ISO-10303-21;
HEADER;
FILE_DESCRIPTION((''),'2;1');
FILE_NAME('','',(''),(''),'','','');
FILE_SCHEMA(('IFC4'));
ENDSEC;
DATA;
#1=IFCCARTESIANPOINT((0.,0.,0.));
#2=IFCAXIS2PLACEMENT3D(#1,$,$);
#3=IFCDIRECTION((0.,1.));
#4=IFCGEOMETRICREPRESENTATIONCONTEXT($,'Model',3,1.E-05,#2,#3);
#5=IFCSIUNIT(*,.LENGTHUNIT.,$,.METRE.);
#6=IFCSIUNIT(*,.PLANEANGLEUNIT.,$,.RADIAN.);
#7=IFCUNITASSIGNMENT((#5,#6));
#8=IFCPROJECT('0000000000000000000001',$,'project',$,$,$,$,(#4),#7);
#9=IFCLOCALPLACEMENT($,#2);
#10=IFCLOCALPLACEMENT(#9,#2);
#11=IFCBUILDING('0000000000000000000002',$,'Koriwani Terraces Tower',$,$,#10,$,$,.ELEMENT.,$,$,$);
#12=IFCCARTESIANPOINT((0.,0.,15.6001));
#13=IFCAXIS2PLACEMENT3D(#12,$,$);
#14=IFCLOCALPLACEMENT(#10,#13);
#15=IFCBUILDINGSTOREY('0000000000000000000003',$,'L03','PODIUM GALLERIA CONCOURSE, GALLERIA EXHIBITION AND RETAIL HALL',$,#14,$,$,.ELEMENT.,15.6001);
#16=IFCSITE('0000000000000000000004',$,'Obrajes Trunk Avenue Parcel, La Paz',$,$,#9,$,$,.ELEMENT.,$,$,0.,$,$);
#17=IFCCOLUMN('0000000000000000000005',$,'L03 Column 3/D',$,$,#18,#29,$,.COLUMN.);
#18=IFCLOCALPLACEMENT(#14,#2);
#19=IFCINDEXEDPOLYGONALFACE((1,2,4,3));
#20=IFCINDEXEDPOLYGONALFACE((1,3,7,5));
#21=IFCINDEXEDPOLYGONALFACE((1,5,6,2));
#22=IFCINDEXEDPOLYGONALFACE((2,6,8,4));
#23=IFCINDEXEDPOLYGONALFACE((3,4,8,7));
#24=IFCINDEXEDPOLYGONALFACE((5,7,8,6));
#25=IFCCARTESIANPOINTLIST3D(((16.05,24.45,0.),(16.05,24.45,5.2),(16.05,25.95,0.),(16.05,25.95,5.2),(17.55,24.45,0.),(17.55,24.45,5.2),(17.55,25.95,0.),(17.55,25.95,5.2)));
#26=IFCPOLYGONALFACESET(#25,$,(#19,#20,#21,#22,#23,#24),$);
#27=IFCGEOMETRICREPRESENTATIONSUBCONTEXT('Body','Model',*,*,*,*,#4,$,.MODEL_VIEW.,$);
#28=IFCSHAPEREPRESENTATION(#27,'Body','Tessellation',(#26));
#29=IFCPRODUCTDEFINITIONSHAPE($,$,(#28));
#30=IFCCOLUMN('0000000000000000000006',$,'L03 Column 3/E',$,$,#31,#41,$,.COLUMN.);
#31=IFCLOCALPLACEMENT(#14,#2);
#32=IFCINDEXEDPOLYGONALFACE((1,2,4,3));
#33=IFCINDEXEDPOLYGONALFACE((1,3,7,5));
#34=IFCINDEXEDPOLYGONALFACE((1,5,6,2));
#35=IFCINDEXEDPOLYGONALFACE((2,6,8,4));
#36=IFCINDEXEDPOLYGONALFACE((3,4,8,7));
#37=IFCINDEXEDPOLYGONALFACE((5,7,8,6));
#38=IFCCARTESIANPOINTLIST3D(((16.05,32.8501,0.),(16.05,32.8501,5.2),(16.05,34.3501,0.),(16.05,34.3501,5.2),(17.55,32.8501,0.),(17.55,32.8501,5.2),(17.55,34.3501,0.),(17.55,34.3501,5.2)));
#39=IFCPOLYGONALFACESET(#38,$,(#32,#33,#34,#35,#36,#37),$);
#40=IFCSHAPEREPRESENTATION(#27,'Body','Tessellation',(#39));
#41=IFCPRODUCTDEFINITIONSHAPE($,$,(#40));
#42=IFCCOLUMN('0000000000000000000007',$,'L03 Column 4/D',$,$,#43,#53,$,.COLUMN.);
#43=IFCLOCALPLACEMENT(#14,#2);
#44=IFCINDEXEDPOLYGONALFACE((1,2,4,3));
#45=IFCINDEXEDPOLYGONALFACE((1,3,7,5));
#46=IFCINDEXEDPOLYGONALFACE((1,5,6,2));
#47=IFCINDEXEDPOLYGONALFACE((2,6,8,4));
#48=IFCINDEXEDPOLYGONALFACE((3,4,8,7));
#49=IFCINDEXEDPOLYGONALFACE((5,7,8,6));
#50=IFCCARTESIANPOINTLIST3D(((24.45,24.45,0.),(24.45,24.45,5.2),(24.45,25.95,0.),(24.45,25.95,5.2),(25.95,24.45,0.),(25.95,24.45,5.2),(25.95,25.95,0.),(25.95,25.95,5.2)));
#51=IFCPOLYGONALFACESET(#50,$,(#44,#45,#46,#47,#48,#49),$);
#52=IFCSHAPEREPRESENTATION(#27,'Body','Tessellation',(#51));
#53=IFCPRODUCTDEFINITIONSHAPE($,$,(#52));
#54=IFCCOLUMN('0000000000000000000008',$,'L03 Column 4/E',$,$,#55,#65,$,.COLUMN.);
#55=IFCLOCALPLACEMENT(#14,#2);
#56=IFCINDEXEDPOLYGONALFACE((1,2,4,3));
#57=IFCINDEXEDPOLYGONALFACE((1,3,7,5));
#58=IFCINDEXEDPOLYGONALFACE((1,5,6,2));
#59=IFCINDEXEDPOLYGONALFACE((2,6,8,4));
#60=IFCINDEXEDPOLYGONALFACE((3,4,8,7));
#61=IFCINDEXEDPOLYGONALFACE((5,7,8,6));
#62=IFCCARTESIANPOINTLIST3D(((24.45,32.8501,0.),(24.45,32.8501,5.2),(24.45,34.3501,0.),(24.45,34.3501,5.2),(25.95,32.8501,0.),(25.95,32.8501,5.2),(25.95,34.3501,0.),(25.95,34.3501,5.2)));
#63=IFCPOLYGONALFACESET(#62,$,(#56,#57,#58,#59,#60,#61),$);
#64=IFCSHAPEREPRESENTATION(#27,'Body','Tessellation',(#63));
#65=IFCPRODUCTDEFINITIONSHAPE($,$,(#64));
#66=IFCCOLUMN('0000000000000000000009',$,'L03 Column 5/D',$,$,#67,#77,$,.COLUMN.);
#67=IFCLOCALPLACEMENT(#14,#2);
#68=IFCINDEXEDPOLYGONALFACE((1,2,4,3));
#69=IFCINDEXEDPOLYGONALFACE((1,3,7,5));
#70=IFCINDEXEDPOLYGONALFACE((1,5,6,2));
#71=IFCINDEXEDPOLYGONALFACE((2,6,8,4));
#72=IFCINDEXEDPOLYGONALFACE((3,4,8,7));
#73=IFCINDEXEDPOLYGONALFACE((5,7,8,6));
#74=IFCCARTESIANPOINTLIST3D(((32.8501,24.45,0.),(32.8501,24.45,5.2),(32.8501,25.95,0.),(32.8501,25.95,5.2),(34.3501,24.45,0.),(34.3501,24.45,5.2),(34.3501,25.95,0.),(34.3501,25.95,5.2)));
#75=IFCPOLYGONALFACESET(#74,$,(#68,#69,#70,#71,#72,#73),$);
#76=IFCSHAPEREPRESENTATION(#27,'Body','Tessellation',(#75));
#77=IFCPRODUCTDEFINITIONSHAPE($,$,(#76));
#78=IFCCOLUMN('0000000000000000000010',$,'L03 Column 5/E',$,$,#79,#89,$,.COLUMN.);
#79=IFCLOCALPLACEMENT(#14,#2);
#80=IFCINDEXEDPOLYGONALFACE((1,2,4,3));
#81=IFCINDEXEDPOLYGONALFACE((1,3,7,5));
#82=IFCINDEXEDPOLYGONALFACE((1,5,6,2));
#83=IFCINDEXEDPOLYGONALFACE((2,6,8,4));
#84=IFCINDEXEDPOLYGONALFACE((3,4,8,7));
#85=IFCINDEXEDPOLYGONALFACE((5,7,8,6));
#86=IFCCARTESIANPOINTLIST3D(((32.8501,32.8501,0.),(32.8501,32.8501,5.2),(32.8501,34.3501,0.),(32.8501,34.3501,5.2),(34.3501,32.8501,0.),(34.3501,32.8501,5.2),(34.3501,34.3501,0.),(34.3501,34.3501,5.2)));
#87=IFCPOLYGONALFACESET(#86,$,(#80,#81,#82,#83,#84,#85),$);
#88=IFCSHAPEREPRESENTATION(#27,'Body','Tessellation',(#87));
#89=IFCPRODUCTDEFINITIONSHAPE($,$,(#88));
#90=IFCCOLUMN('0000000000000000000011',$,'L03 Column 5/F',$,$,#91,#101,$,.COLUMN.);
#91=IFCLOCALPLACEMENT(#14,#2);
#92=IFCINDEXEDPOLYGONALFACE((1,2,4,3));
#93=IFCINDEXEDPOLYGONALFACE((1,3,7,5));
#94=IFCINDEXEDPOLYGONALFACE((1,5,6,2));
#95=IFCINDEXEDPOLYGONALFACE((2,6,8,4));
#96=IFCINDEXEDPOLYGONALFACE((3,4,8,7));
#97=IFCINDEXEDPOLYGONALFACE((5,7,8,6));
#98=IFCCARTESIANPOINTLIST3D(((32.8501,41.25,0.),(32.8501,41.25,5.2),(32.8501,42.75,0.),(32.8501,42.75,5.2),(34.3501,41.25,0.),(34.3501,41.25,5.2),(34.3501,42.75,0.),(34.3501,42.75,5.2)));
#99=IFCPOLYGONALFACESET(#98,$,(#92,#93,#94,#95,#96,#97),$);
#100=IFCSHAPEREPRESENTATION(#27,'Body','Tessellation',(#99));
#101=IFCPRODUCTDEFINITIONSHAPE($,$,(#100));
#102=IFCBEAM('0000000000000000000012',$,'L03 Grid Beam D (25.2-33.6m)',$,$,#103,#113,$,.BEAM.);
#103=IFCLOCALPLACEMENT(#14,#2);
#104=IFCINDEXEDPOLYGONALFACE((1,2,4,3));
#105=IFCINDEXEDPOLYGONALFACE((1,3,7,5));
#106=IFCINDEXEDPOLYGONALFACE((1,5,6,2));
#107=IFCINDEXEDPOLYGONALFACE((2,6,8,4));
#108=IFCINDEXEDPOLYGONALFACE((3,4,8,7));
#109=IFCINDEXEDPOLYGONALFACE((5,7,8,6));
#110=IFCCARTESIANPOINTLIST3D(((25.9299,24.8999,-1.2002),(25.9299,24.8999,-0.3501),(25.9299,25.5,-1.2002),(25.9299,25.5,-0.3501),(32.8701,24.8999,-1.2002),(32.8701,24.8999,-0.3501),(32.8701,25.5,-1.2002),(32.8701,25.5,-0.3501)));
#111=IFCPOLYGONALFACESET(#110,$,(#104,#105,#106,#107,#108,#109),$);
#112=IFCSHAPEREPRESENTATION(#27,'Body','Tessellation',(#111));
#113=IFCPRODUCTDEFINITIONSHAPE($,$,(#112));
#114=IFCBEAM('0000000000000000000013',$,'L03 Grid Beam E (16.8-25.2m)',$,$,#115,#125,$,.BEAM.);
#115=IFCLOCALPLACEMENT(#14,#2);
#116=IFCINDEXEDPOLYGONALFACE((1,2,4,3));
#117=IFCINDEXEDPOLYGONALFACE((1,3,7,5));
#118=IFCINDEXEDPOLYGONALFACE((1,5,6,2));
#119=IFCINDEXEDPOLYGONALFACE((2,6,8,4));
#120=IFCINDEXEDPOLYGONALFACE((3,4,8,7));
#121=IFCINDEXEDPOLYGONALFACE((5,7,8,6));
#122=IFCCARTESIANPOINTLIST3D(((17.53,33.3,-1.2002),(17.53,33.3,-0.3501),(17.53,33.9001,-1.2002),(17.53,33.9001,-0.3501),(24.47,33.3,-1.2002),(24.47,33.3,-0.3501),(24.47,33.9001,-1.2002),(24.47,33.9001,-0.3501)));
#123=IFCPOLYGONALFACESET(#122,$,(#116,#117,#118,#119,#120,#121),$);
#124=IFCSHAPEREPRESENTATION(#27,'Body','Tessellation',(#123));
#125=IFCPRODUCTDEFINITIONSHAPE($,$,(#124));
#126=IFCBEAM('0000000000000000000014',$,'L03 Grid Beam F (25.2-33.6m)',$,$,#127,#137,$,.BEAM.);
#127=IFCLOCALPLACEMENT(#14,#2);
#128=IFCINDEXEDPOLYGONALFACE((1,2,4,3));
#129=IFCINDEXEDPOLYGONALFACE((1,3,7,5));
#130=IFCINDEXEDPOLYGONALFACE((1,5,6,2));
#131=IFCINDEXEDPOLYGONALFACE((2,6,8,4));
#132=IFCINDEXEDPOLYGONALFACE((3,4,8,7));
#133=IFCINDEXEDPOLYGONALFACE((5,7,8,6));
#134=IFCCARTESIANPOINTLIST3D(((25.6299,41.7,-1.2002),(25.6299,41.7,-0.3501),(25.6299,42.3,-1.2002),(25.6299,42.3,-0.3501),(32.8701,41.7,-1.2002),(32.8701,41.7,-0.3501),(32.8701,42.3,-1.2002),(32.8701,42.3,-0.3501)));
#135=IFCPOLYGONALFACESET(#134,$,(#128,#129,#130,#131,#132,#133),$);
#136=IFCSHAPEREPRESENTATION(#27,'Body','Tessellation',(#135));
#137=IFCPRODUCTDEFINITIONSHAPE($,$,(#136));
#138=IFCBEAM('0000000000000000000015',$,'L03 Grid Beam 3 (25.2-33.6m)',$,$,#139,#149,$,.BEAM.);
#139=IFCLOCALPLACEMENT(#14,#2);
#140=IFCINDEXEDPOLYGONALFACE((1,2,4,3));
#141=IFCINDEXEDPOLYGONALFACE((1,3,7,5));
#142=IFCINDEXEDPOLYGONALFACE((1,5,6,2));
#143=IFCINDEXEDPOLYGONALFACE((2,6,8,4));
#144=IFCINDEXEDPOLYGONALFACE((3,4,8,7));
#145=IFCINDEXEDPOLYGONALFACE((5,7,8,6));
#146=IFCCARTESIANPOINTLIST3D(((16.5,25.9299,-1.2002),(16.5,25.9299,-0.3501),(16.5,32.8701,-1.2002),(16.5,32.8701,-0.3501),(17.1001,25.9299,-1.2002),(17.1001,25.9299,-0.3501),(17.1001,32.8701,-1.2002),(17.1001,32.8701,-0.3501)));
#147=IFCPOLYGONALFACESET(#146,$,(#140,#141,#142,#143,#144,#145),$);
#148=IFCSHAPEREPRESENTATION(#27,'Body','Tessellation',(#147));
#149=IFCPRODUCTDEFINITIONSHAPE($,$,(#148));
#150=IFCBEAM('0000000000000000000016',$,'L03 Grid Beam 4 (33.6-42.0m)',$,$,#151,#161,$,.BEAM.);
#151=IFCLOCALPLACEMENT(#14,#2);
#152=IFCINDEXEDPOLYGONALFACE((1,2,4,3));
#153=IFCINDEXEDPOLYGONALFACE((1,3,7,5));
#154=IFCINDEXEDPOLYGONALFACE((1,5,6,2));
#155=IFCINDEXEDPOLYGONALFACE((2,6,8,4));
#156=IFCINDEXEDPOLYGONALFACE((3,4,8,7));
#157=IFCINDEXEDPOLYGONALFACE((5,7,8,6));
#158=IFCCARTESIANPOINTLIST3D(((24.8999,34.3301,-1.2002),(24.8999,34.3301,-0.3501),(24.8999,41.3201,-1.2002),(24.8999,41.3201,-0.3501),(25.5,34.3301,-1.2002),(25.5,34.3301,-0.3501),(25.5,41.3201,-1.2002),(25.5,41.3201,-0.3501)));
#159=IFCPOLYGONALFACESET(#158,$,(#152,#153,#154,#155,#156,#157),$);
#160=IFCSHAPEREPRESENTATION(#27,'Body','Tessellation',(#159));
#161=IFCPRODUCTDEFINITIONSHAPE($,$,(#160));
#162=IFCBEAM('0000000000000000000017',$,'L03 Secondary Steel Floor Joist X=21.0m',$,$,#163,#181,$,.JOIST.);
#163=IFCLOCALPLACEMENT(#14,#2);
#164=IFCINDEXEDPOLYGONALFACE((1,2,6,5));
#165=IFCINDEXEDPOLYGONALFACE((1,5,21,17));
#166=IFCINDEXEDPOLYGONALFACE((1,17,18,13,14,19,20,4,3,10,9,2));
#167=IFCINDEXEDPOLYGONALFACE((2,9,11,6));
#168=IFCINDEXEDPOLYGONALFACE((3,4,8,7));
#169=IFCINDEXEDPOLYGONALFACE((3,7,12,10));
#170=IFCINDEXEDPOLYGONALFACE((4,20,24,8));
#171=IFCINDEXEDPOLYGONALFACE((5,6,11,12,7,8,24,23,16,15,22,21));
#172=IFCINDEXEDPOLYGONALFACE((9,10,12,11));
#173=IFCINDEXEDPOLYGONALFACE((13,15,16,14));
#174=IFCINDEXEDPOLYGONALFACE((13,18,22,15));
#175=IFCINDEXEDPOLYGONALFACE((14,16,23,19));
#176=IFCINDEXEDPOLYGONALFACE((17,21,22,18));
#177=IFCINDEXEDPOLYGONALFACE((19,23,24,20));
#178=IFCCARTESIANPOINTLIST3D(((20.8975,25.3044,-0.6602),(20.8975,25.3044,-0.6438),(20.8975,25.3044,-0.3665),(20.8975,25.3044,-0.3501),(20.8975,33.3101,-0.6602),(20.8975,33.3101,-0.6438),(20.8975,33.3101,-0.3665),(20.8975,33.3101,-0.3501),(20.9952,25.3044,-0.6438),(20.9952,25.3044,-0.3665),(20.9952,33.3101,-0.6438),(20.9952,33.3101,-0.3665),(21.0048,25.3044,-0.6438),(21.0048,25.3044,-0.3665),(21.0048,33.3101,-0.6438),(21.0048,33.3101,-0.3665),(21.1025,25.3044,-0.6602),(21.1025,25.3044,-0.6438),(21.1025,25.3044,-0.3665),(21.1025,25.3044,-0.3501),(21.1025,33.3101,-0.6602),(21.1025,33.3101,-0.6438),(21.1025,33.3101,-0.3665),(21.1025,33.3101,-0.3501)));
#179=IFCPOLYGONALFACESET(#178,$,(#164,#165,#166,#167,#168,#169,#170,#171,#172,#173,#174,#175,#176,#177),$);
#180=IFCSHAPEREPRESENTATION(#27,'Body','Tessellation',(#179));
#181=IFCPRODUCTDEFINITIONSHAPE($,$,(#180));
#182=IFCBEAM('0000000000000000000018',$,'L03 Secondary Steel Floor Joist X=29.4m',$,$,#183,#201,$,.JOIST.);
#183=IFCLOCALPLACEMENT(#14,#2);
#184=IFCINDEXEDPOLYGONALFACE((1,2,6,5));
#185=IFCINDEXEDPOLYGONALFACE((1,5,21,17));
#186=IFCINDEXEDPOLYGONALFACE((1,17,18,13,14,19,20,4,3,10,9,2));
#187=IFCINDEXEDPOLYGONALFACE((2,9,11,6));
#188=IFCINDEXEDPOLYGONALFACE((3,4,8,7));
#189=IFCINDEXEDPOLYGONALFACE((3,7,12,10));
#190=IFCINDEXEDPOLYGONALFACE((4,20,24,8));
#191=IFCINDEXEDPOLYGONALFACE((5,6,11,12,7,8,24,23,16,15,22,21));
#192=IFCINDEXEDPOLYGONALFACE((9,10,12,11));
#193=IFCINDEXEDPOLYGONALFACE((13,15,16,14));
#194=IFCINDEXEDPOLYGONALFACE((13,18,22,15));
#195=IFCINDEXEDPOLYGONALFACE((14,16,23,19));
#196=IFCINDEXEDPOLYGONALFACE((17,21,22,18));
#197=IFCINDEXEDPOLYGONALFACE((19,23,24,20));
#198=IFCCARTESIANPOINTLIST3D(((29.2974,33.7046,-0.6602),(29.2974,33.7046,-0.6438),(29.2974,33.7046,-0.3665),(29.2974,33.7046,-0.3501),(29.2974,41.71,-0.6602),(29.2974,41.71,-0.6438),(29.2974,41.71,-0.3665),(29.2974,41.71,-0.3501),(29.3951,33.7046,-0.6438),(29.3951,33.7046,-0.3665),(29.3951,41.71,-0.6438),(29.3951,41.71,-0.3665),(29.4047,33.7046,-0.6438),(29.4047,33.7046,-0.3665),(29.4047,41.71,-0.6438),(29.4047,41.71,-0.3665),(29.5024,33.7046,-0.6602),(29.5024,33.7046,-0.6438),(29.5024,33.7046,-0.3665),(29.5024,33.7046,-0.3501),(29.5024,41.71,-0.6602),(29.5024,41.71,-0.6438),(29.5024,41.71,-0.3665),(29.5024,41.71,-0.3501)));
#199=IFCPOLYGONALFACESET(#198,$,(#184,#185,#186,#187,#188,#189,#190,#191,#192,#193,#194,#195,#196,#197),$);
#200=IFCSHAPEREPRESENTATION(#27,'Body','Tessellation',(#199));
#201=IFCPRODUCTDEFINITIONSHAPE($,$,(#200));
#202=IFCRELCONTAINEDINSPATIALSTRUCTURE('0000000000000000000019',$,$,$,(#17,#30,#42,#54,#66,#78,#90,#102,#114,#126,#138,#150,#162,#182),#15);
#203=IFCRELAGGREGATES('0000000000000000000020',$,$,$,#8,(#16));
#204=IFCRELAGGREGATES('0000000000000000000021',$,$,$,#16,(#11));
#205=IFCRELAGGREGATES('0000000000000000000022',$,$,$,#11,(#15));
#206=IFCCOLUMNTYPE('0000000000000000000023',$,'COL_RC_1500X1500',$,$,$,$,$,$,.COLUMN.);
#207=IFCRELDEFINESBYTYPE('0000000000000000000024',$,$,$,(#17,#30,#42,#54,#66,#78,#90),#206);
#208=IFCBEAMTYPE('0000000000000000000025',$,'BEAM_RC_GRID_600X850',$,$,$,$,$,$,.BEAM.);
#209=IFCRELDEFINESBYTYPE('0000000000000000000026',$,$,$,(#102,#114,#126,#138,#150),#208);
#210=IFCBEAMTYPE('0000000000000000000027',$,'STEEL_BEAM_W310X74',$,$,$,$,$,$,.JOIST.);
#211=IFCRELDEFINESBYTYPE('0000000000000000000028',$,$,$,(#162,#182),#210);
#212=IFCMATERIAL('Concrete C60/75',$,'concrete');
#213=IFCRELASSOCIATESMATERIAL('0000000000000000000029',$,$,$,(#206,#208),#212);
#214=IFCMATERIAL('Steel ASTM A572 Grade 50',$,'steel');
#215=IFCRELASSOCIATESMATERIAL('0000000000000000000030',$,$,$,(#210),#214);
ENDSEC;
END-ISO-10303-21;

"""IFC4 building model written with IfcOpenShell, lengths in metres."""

from ifc_helpers import new_model, si_unit, direction, frame, origin, origin_2d, place, context, subcontext, project, spatial, rectangle, i_section, extrude, material, material_profile, profile_set, type_object, element, save


model = new_model("IFC4")

# Units and contexts
model_context = context("Model", 3, precision=1e-05, world=origin(), true_north=direction((0.0, 1.0)))
body_context = subcontext(model_context, "Body", "Model", "MODEL_VIEW")
ifc_project = project(units=[si_unit("LENGTHUNIT", "METRE"), si_unit("PLANEANGLEUNIT", "RADIAN")], contexts=[model_context])

# Site, building, storey
site_placement = place(None, origin())
site = spatial("IfcSite", under=ifc_project, at=site_placement, Name="Obrajes Trunk Avenue Parcel, La Paz", CompositionType="ELEMENT", RefElevation=0.0)
building_placement = place(site_placement, origin())
building = spatial("IfcBuilding", under=site, at=building_placement, Name="Koriwani Terraces Tower", CompositionType="ELEMENT")
storey_placement = place(building_placement, frame((0.0, 0.0, 15.6001)))
storey = spatial("IfcBuildingStorey", under=building, at=storey_placement, Name="L03", Description="PODIUM GALLERIA CONCOURSE, GALLERIA EXHIBITION AND RETAIL HALL", CompositionType="ELEMENT", Elevation=15.6001)

# Columns
ifc_material_1 = material(Name="Concrete C60/75", Category="concrete")
ifc_material_profile_1 = material_profile(ifc_material_1, rectangle(XDim=1.5, YDim=1.5, at=origin_2d()), Name="Concrete C60/75", Category="LoadBearing")
ifc_profile_set_1 = profile_set([ifc_material_profile_1], Name="Concrete C60/75")
column_type = type_object("IfcColumnType", Name="COL_RC_1500X1500", PredefinedType="COLUMN", material=ifc_profile_set_1)
for number, where, z_axis, x_axis, name in (
    (1, (16.8, 25.2, 0.0), (0.0, 0.0, 1.0), (1.0, 0.0, 0.0), "L03 Column 3/D"),
    (2, (16.8, 33.6001, 0.0), (0.0, 0.0, 1.0), (1.0, 0.0, 0.0), "L03 Column 3/E"),
    (3, (25.2, 25.2, 0.0), (0.0, 0.0, 1.0), (1.0, 0.0, 0.0), "L03 Column 4/D"),
    (4, (25.2, 33.6001, 0.0), (0.0, 0.0, 1.0), (1.0, 0.0, 0.0), "L03 Column 4/E"),
    (5, (33.6001, 25.2, 0.0), (0.0, 0.0, 1.0), (1.0, 0.0, 0.0), "L03 Column 5/D"),
    (6, (33.6001, 33.6001, 0.0), (0.0, 0.0, 1.0), (1.0, 0.0, 0.0), "L03 Column 5/E"),
    (7, (33.6001, 42.0, 0.0), (0.0, 0.0, 1.0), (1.0, 0.0, 0.0), "L03 Column 5/F"),
):
    element("IfcColumn", number, at=place(storey_placement, frame(where, z_axis=z_axis, x_axis=x_axis)), inside=storey, type_object=column_type, Name=name, PredefinedType="COLUMN", context=body_context, shape_type="SweptSolid", body=[
        extrude(rectangle(XDim=1.5, YDim=1.5, at=origin_2d()), origin(), (0.0, 0.0, 1.0), 5.2),
    ])

# Beams
ifc_material_profile_2 = material_profile(ifc_material_1, rectangle(XDim=0.6001, YDim=0.8501, at=origin_2d()), Name="Concrete C60/75", Category="LoadBearing")
ifc_profile_set_2 = profile_set([ifc_material_profile_2], Name="Concrete C60/75")
beam_type_1 = type_object("IfcBeamType", Name="BEAM_RC_GRID_600X850", PredefinedType="BEAM", material=ifc_profile_set_2)
beam_1_placement = place(storey_placement, frame((25.9299, 25.2, -0.7751), z_axis=(1.0, 0.0, 0.0), x_axis=(0.0, 1.0, 0.0)))
element("IfcBeam", 8, at=beam_1_placement, inside=storey, type_object=beam_type_1, Name="L03 Grid Beam D (25.2-33.6m)", PredefinedType="BEAM", context=body_context, shape_type="SweptSolid", body=[
    extrude(rectangle(XDim=0.6001, YDim=0.8501, at=origin_2d()), origin(), (0.0, 0.0, 1.0), 6.9402),
])
beam_2_placement = place(storey_placement, frame((17.53, 33.6001, -0.7751), z_axis=(1.0, 0.0, 0.0), x_axis=(0.0, 1.0, 0.0)))
element("IfcBeam", 9, at=beam_2_placement, inside=storey, type_object=beam_type_1, Name="L03 Grid Beam E (16.8-25.2m)", PredefinedType="BEAM", context=body_context, shape_type="SweptSolid", body=[
    extrude(rectangle(XDim=0.6001, YDim=0.8501, at=origin_2d()), origin(), (0.0, 0.0, 1.0), 6.9399),
])
beam_3_placement = place(storey_placement, frame((25.6299, 42.0, -0.7751), z_axis=(1.0, 0.0, 0.0), x_axis=(0.0, 1.0, 0.0)))
element("IfcBeam", 10, at=beam_3_placement, inside=storey, type_object=beam_type_1, Name="L03 Grid Beam F (25.2-33.6m)", PredefinedType="BEAM", context=body_context, shape_type="SweptSolid", body=[
    extrude(rectangle(XDim=0.6001, YDim=0.8501, at=origin_2d()), origin(), (0.0, 0.0, 1.0), 7.2402),
])
beam_4_placement = place(storey_placement, frame((16.8, 25.9299, -0.7751), z_axis=(0.0, 1.0, 0.0), x_axis=(-1.0, 0.0, 0.0)))
element("IfcBeam", 11, at=beam_4_placement, inside=storey, type_object=beam_type_1, Name="L03 Grid Beam 3 (25.2-33.6m)", PredefinedType="BEAM", context=body_context, shape_type="SweptSolid", body=[
    extrude(rectangle(XDim=0.6001, YDim=0.8501, at=origin_2d()), origin(), (0.0, 0.0, 1.0), 6.9402),
])
beam_5_placement = place(storey_placement, frame((25.2, 34.3301, -0.7751), z_axis=(0.0, 1.0, 0.0), x_axis=(-1.0, 0.0, 0.0)))
element("IfcBeam", 12, at=beam_5_placement, inside=storey, type_object=beam_type_1, Name="L03 Grid Beam 4 (33.6-42.0m)", PredefinedType="BEAM", context=body_context, shape_type="SweptSolid", body=[
    extrude(rectangle(XDim=0.6001, YDim=0.8501, at=origin_2d()), origin(), (0.0, 0.0, 1.0), 6.99),
])
ifc_material_2 = material(Name="Steel ASTM A572 Grade 50", Category="steel")
ifc_material_profile_3 = material_profile(ifc_material_2, i_section(OverallWidth=0.2051, OverallDepth=0.3101, WebThickness=0.0095, FlangeThickness=0.0164, at=origin_2d()), Name="Steel ASTM A572 Grade 50", Category="LoadBearing")
ifc_profile_set_3 = profile_set([ifc_material_profile_3], Name="Steel ASTM A572 Grade 50")
beam_type_2 = type_object("IfcBeamType", Name="STEEL_BEAM_W310X74", PredefinedType="JOIST", material=ifc_profile_set_3)
beam_6_placement = place(storey_placement, frame((21.0, 25.3044, -0.5051), z_axis=(0.0, 1.0, 0.0), x_axis=(-1.0, 0.0, 0.0)))
element("IfcBeam", 13, at=beam_6_placement, inside=storey, type_object=beam_type_2, Name="L03 Secondary Steel Floor Joist X=21.0m", PredefinedType="JOIST", context=body_context, shape_type="SweptSolid", body=[
    extrude(i_section(OverallWidth=0.2051, OverallDepth=0.3101, WebThickness=0.0095, FlangeThickness=0.0164, at=origin_2d()), origin(), (0.0, 0.0, 1.0), 8.0056),
])
beam_7_placement = place(storey_placement, frame((29.3999, 33.7046, -0.5051), z_axis=(0.0, 1.0, 0.0), x_axis=(-1.0, 0.0, 0.0)))
element("IfcBeam", 14, at=beam_7_placement, inside=storey, type_object=beam_type_2, Name="L03 Secondary Steel Floor Joist X=29.4m", PredefinedType="JOIST", context=body_context, shape_type="SweptSolid", body=[
    extrude(i_section(OverallWidth=0.2051, OverallDepth=0.3101, WebThickness=0.0095, FlangeThickness=0.0164, at=origin_2d()), origin(), (0.0, 0.0, 1.0), 8.0054),
])

save(model, "model.ifc")
